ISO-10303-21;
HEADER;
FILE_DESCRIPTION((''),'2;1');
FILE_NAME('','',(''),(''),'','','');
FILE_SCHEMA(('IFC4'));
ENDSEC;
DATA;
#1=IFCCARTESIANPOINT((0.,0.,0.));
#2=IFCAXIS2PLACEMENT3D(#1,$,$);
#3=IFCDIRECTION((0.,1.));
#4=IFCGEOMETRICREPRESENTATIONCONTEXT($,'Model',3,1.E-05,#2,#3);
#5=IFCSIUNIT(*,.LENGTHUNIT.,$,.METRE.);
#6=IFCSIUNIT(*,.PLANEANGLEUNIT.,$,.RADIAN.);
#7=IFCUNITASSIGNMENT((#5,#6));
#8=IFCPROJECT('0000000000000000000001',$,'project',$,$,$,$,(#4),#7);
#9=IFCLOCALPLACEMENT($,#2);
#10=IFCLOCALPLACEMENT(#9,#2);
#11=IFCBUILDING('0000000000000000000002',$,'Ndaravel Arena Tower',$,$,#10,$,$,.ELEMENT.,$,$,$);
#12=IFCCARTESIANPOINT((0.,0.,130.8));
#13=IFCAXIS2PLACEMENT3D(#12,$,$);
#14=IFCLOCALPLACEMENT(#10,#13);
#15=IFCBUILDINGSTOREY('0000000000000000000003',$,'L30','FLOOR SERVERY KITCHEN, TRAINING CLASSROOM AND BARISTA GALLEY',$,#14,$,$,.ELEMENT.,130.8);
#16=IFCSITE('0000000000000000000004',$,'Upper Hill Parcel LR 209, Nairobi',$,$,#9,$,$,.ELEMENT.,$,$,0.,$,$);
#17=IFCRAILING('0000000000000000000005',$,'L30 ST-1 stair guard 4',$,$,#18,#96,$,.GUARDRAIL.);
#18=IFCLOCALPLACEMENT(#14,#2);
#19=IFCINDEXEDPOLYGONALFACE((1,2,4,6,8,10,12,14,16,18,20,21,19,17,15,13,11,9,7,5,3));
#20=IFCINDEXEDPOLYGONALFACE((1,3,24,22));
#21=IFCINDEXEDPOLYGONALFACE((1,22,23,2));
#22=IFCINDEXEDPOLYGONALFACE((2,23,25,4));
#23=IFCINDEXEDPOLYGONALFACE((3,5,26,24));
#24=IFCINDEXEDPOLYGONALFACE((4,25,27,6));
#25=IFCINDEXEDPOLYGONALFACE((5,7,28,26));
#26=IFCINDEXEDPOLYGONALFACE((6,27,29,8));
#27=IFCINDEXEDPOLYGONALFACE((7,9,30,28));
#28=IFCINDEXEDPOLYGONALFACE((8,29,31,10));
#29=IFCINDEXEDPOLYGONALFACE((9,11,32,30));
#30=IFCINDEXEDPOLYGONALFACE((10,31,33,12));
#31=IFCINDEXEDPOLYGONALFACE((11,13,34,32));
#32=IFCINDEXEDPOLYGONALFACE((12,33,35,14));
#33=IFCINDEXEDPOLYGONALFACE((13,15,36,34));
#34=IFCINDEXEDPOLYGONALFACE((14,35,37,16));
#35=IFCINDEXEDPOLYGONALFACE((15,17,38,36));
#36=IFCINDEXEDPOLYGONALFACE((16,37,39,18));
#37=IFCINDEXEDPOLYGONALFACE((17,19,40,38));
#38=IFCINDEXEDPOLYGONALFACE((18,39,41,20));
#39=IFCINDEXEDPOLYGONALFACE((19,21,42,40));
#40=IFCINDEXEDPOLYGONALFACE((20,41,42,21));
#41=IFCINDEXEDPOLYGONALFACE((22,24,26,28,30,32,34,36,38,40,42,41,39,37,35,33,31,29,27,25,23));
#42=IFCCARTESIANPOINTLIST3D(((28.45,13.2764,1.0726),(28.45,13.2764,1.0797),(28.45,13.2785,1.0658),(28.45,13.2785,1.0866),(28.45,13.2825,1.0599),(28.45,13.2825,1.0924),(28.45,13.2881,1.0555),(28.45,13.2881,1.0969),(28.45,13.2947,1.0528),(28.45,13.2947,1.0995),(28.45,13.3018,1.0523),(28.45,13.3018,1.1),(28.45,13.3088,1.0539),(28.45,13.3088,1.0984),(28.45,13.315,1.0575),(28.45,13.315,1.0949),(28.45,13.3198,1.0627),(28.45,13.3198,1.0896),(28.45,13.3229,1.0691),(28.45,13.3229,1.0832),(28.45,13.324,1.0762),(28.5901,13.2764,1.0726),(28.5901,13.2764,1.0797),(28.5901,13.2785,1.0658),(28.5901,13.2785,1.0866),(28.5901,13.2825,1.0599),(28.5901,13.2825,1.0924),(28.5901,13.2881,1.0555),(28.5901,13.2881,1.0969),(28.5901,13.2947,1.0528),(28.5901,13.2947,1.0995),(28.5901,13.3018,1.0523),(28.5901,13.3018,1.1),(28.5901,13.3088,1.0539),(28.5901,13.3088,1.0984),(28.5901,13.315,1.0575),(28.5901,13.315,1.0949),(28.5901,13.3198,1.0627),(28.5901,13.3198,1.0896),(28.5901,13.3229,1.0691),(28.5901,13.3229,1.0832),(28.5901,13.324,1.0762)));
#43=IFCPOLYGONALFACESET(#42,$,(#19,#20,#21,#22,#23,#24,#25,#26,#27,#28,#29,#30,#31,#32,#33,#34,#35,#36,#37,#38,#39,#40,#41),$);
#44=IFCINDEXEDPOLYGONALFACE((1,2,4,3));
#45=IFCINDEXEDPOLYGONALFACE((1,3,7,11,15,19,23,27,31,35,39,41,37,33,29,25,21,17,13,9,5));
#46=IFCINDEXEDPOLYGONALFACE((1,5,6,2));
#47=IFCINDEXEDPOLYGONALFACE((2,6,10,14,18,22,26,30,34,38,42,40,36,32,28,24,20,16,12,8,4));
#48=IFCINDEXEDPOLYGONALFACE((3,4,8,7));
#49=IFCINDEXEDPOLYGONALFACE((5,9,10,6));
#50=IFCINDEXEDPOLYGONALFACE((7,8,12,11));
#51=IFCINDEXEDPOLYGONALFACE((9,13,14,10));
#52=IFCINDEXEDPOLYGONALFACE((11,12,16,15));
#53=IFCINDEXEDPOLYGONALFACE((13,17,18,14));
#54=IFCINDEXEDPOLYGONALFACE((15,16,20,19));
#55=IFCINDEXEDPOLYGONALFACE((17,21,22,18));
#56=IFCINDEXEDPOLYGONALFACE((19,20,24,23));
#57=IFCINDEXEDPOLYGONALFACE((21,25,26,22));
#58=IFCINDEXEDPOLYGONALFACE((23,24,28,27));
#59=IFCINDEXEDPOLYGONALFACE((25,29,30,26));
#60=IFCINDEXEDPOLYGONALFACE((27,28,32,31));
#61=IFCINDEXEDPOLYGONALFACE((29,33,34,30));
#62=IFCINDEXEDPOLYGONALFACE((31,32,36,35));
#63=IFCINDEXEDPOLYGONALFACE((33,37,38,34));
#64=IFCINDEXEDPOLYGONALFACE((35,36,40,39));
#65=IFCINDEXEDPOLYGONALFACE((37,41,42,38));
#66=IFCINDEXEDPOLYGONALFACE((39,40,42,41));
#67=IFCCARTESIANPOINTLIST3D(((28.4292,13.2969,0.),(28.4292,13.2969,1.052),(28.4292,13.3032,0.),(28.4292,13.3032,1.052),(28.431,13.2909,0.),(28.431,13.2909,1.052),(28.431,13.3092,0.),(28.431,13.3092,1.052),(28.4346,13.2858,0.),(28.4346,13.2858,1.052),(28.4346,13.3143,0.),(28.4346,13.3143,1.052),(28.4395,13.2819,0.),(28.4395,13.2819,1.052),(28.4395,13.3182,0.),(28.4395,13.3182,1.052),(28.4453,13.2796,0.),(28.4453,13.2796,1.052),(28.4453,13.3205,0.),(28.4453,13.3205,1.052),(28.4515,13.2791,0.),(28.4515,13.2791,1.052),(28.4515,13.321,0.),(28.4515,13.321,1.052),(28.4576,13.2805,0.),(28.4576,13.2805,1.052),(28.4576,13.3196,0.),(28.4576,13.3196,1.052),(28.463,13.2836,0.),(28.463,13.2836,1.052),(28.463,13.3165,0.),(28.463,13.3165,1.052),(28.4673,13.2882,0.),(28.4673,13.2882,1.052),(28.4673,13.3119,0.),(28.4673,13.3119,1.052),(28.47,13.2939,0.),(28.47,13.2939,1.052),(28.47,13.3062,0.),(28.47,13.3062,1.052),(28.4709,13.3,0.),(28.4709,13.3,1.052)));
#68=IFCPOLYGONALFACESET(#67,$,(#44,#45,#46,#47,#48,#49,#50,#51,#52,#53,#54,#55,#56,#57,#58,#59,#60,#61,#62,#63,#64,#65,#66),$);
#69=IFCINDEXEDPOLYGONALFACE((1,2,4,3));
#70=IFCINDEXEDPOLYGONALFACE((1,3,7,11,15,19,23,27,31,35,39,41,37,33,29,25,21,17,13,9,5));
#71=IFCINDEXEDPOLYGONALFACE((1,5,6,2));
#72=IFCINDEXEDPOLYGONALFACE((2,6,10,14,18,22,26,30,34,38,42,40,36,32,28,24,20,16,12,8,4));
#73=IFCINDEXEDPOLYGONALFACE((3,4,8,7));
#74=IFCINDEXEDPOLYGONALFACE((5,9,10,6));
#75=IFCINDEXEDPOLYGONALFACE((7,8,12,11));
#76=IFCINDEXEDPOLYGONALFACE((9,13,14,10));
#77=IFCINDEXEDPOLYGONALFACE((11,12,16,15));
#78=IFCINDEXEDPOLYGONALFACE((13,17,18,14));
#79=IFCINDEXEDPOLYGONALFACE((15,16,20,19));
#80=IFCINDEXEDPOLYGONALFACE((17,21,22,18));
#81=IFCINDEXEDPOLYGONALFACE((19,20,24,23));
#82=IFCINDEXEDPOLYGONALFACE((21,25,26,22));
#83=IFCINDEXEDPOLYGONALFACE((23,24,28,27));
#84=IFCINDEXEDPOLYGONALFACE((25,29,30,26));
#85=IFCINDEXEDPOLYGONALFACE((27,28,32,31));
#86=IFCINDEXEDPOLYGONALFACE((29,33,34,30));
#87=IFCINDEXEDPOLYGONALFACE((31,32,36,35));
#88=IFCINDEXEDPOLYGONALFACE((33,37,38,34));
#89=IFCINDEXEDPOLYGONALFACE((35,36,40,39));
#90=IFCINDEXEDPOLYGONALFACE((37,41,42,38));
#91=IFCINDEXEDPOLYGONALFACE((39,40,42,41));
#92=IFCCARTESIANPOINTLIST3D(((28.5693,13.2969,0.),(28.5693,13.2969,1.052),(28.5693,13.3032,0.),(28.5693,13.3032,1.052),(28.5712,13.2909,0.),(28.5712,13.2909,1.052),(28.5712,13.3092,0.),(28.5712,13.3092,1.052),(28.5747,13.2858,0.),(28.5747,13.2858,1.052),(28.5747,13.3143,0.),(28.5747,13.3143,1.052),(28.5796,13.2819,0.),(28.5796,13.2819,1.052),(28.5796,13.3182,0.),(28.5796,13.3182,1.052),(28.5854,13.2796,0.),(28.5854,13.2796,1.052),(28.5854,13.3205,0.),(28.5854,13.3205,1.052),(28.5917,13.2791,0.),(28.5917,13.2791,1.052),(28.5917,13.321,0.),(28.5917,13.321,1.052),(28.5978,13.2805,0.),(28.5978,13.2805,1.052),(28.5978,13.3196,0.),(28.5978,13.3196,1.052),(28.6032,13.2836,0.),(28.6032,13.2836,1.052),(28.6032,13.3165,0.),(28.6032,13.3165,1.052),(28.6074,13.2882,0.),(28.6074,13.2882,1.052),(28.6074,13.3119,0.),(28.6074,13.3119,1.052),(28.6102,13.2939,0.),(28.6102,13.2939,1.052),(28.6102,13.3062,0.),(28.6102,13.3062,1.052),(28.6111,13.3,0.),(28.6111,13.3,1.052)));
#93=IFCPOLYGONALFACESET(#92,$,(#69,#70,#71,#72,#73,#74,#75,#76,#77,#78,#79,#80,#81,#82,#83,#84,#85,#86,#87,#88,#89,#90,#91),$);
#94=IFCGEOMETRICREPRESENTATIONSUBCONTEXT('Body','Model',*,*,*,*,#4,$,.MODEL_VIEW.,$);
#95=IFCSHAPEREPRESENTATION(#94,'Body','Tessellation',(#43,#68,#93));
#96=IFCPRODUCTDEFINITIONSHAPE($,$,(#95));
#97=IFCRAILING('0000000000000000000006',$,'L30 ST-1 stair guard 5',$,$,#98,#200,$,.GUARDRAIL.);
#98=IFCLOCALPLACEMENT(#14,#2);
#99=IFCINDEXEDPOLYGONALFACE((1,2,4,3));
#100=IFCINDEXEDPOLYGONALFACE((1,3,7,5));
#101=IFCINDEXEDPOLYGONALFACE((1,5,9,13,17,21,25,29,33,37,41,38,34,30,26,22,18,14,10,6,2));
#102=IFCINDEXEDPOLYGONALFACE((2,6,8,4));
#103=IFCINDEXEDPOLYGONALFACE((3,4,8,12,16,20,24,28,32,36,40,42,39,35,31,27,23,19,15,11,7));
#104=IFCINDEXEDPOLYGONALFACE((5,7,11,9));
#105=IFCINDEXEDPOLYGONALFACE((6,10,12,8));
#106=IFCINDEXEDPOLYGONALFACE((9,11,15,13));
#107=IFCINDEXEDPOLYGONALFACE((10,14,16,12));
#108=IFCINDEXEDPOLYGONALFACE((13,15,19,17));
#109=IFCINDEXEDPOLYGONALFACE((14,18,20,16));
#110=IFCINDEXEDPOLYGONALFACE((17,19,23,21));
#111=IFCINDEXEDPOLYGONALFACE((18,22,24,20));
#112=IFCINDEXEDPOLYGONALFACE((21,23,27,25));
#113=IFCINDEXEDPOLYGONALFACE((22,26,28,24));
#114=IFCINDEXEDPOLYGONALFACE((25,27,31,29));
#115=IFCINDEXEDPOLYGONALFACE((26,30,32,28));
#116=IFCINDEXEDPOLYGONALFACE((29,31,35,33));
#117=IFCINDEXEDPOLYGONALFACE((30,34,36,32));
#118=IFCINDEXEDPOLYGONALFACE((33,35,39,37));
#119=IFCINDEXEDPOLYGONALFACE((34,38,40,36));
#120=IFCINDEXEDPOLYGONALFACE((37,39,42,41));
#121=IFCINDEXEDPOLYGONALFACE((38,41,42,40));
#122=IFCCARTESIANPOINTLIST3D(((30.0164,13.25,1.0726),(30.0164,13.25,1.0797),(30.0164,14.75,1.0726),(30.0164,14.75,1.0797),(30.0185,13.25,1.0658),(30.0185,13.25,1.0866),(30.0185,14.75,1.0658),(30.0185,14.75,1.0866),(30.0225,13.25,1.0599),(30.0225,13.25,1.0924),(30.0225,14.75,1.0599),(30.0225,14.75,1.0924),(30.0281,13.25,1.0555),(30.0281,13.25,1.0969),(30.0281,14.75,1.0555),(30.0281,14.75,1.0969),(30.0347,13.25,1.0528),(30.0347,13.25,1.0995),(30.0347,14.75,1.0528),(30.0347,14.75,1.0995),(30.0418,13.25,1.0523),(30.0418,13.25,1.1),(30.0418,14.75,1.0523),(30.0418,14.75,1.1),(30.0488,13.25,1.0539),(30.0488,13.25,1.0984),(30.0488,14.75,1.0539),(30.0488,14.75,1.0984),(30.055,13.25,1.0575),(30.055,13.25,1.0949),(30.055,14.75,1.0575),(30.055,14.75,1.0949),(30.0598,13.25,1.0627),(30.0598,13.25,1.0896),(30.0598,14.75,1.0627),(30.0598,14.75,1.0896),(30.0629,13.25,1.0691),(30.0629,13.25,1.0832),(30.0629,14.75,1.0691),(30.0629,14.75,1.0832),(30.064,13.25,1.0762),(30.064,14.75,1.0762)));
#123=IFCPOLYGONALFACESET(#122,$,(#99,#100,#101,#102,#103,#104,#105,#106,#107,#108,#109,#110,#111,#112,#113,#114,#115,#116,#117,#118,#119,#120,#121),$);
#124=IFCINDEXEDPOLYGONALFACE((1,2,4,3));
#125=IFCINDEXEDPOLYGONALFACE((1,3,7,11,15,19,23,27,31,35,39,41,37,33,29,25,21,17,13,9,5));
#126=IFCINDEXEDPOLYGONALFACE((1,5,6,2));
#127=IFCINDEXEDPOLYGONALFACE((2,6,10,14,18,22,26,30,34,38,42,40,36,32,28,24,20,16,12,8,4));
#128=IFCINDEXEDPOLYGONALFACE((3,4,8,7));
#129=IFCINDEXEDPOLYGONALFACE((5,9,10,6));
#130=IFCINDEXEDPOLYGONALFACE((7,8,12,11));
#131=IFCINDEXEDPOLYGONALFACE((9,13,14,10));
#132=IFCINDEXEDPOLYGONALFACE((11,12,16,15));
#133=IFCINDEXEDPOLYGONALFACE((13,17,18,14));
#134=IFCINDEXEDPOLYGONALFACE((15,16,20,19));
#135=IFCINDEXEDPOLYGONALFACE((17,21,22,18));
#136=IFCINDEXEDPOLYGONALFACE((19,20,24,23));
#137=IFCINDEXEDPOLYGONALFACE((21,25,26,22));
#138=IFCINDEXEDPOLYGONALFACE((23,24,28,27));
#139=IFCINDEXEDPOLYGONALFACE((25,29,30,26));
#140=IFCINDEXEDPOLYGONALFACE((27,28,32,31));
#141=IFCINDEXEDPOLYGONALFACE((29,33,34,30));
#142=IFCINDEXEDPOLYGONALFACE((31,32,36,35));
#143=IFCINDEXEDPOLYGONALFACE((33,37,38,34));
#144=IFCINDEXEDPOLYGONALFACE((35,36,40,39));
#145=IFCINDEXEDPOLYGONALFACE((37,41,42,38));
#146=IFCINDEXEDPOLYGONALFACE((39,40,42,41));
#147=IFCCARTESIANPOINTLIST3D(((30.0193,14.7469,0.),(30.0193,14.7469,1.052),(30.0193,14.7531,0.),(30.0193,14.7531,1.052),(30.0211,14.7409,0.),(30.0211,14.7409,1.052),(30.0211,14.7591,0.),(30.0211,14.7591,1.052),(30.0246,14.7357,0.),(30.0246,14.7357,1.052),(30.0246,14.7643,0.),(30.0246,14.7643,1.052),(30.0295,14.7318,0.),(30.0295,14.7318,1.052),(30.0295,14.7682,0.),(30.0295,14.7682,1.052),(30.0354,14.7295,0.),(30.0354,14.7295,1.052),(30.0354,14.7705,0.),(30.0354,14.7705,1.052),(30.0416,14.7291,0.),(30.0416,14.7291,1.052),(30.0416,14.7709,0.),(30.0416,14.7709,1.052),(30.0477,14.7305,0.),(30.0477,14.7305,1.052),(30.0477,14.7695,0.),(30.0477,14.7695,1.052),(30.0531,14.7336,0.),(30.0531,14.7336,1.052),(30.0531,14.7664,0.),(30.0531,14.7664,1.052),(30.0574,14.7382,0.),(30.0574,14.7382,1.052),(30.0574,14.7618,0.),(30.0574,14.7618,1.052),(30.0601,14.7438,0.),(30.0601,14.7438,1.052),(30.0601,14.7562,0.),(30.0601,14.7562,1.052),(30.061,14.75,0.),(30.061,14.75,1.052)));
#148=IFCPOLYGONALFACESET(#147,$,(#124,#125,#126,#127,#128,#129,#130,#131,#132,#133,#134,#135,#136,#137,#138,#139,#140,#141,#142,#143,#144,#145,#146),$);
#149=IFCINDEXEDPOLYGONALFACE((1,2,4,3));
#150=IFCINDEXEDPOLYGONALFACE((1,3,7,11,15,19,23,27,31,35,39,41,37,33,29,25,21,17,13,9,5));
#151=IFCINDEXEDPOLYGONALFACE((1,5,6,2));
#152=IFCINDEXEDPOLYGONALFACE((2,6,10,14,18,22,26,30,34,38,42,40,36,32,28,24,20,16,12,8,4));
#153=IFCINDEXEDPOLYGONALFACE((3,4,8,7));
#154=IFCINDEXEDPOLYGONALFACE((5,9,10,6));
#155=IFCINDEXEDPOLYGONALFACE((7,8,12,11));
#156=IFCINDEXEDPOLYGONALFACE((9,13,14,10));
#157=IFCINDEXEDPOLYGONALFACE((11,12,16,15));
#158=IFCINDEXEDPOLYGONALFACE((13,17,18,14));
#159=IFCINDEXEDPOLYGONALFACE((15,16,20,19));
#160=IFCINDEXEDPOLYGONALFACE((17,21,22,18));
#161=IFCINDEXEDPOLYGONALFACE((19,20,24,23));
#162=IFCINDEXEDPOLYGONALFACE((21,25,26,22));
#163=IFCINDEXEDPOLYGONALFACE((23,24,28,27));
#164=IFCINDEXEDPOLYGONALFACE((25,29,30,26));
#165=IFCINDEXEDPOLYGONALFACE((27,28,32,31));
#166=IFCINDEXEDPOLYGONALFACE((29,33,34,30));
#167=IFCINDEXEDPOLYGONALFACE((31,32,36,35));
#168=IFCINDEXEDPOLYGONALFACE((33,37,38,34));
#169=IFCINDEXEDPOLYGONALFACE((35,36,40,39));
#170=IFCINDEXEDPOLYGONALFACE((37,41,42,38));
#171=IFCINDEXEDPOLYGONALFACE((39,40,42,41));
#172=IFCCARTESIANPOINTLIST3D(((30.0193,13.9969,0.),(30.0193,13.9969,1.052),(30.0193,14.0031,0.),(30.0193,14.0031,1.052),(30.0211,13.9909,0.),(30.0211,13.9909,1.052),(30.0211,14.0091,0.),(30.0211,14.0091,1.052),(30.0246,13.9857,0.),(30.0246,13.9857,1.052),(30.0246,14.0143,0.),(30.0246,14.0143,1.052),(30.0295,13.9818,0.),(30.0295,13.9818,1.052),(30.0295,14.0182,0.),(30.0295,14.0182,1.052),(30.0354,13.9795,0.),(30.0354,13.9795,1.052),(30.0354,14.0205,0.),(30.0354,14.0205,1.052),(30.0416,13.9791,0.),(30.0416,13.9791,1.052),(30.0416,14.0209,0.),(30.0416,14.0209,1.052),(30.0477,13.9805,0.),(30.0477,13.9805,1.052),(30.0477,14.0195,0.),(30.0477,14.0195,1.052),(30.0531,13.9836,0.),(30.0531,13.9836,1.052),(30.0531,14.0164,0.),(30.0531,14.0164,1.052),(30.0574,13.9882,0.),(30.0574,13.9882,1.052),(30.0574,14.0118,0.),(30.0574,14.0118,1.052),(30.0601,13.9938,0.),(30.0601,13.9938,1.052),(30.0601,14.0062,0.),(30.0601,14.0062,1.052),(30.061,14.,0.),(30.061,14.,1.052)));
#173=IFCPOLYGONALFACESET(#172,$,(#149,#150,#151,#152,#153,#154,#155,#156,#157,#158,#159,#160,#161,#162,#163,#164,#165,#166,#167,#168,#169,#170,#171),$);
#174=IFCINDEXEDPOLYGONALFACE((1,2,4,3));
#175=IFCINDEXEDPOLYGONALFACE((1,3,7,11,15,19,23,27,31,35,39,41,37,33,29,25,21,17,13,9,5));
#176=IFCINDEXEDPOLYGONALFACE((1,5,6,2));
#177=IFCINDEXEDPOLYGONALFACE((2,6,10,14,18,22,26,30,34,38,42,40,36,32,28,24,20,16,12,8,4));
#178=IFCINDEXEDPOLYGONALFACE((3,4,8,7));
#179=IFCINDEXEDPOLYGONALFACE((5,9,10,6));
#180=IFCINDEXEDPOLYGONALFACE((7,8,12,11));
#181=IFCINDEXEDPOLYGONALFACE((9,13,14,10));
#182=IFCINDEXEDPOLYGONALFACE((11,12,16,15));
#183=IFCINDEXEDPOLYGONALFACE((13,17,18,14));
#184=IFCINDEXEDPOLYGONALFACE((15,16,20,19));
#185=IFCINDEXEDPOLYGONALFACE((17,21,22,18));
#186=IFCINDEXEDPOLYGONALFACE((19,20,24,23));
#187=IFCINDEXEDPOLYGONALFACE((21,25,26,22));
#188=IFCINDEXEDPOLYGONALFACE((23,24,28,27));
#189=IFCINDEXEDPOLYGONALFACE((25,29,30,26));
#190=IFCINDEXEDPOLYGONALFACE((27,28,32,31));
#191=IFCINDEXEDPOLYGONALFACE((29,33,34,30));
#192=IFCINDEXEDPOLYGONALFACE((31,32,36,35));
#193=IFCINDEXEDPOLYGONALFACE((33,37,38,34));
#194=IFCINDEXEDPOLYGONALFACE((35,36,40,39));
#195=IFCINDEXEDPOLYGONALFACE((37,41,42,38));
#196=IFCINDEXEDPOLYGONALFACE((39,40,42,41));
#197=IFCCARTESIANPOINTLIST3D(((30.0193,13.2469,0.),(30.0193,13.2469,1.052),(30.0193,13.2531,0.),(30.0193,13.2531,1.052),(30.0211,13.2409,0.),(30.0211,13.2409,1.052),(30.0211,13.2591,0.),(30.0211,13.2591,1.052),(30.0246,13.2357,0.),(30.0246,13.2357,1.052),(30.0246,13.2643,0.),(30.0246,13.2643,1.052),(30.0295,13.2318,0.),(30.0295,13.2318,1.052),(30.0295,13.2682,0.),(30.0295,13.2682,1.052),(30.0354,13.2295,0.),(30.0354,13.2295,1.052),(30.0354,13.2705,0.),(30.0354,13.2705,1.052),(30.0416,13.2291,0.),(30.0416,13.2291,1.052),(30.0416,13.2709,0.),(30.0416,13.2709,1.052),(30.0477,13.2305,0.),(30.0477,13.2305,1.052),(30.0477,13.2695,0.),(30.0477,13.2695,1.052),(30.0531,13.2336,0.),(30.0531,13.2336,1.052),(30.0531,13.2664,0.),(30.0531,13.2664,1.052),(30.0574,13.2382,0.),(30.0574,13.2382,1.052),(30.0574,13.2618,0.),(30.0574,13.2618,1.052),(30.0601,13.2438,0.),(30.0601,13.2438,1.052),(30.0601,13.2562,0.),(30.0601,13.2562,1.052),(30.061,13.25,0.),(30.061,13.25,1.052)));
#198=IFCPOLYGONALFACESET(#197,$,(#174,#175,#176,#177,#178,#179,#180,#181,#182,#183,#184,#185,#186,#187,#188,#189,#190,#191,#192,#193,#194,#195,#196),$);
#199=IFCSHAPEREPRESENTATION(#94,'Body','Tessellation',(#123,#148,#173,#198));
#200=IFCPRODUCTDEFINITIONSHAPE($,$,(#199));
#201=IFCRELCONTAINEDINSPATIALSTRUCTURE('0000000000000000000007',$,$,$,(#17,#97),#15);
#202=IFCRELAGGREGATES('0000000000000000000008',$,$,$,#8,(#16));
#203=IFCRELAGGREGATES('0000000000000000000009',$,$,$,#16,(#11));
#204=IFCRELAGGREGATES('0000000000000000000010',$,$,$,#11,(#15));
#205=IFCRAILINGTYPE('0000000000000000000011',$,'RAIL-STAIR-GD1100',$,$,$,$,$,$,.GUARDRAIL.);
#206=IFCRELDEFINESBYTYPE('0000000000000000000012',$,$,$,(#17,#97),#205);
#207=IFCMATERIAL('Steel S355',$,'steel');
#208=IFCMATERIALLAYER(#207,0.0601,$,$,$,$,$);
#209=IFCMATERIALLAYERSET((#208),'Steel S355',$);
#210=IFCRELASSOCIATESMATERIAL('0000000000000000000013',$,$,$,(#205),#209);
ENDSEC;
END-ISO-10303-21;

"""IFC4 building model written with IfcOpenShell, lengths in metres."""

from ifc_helpers import new_model, si_unit, direction, frame, origin, origin_2d, place, context, subcontext, project, spatial, circle, extrude, material, layer, layer_set, type_object, element, save


model = new_model("IFC4")

# Units and contexts
model_context = context("Model", 3, precision=1e-05, world=origin(), true_north=direction((0.0, 1.0)))
body_context = subcontext(model_context, "Body", "Model", "MODEL_VIEW")
ifc_project = project(units=[si_unit("LENGTHUNIT", "METRE"), si_unit("PLANEANGLEUNIT", "RADIAN")], contexts=[model_context])

# Site, building, storey
site_placement = place(None, origin())
site = spatial("IfcSite", under=ifc_project, at=site_placement, Name="Upper Hill Parcel LR 209, Nairobi", CompositionType="ELEMENT", RefElevation=0.0)
building_placement = place(site_placement, origin())
building = spatial("IfcBuilding", under=site, at=building_placement, Name="Ndaravel Arena Tower", CompositionType="ELEMENT")
storey_placement = place(building_placement, frame((0.0, 0.0, 130.8)))
storey = spatial("IfcBuildingStorey", under=building, at=storey_placement, Name="L30", Description="FLOOR SERVERY KITCHEN, TRAINING CLASSROOM AND BARISTA GALLEY", CompositionType="ELEMENT", Elevation=130.8)

# Railings
ifc_material_1 = material(Name="Steel S355", Category="steel")
ifc_layer_1 = layer(ifc_material_1, 0.0601)
ifc_layer_set_1 = layer_set([ifc_layer_1], Name="Steel S355")
railing_type_1 = type_object("IfcRailingType", Name="RAIL-STAIR-GD1100", PredefinedType="GUARDRAIL", material=ifc_layer_set_1)
railing_1_placement = place(storey_placement, frame((28.45, 13.3, 0.0)))
element("IfcRailing", 1, at=railing_1_placement, inside=storey, type_object=railing_type_1, Name="L30 ST-1 stair guard 4", PredefinedType="GUARDRAIL", context=body_context, shape_type="SweptSolid", body=[
    extrude(circle(Radius=0.0239, at=origin_2d()), frame((0.0, 0.0, 1.0762), z_axis=(1.0, 0.0, 0.0), x_axis=(0.0, 1.0, 0.0)), (0.0, 0.0, 1.0), 0.1401),
    extrude(circle(Radius=0.021, at=origin_2d()), origin(), (0.0, 0.0, 1.0), 1.052),
    extrude(circle(Radius=0.021, at=origin_2d()), frame((0.1401, 0.0, 0.0)), (0.0, 0.0, 1.0), 1.052),
])
railing_2_placement = place(storey_placement, frame((30.04, 14.75, 0.0)))
element("IfcRailing", 2, at=railing_2_placement, inside=storey, type_object=railing_type_1, Name="L30 ST-1 stair guard 5", PredefinedType="GUARDRAIL", context=body_context, shape_type="SweptSolid", body=[
    extrude(circle(Radius=0.0239, at=origin_2d()), frame((0.0, 0.0, 1.0762), z_axis=(0.0, -1.0, 0.0), x_axis=(1.0, 0.0, 0.0)), (0.0, 0.0, 1.0), 1.5),
    extrude(circle(Radius=0.021, at=origin_2d()), origin(), (0.0, 0.0, 1.0), 1.052),
    extrude(circle(Radius=0.021, at=origin_2d()), frame((0.0, -0.75, 0.0)), (0.0, 0.0, 1.0), 1.052),
    extrude(circle(Radius=0.021, at=origin_2d()), frame((0.0, -1.5, 0.0)), (0.0, 0.0, 1.0), 1.052),
])

save(model, "model.ifc")
